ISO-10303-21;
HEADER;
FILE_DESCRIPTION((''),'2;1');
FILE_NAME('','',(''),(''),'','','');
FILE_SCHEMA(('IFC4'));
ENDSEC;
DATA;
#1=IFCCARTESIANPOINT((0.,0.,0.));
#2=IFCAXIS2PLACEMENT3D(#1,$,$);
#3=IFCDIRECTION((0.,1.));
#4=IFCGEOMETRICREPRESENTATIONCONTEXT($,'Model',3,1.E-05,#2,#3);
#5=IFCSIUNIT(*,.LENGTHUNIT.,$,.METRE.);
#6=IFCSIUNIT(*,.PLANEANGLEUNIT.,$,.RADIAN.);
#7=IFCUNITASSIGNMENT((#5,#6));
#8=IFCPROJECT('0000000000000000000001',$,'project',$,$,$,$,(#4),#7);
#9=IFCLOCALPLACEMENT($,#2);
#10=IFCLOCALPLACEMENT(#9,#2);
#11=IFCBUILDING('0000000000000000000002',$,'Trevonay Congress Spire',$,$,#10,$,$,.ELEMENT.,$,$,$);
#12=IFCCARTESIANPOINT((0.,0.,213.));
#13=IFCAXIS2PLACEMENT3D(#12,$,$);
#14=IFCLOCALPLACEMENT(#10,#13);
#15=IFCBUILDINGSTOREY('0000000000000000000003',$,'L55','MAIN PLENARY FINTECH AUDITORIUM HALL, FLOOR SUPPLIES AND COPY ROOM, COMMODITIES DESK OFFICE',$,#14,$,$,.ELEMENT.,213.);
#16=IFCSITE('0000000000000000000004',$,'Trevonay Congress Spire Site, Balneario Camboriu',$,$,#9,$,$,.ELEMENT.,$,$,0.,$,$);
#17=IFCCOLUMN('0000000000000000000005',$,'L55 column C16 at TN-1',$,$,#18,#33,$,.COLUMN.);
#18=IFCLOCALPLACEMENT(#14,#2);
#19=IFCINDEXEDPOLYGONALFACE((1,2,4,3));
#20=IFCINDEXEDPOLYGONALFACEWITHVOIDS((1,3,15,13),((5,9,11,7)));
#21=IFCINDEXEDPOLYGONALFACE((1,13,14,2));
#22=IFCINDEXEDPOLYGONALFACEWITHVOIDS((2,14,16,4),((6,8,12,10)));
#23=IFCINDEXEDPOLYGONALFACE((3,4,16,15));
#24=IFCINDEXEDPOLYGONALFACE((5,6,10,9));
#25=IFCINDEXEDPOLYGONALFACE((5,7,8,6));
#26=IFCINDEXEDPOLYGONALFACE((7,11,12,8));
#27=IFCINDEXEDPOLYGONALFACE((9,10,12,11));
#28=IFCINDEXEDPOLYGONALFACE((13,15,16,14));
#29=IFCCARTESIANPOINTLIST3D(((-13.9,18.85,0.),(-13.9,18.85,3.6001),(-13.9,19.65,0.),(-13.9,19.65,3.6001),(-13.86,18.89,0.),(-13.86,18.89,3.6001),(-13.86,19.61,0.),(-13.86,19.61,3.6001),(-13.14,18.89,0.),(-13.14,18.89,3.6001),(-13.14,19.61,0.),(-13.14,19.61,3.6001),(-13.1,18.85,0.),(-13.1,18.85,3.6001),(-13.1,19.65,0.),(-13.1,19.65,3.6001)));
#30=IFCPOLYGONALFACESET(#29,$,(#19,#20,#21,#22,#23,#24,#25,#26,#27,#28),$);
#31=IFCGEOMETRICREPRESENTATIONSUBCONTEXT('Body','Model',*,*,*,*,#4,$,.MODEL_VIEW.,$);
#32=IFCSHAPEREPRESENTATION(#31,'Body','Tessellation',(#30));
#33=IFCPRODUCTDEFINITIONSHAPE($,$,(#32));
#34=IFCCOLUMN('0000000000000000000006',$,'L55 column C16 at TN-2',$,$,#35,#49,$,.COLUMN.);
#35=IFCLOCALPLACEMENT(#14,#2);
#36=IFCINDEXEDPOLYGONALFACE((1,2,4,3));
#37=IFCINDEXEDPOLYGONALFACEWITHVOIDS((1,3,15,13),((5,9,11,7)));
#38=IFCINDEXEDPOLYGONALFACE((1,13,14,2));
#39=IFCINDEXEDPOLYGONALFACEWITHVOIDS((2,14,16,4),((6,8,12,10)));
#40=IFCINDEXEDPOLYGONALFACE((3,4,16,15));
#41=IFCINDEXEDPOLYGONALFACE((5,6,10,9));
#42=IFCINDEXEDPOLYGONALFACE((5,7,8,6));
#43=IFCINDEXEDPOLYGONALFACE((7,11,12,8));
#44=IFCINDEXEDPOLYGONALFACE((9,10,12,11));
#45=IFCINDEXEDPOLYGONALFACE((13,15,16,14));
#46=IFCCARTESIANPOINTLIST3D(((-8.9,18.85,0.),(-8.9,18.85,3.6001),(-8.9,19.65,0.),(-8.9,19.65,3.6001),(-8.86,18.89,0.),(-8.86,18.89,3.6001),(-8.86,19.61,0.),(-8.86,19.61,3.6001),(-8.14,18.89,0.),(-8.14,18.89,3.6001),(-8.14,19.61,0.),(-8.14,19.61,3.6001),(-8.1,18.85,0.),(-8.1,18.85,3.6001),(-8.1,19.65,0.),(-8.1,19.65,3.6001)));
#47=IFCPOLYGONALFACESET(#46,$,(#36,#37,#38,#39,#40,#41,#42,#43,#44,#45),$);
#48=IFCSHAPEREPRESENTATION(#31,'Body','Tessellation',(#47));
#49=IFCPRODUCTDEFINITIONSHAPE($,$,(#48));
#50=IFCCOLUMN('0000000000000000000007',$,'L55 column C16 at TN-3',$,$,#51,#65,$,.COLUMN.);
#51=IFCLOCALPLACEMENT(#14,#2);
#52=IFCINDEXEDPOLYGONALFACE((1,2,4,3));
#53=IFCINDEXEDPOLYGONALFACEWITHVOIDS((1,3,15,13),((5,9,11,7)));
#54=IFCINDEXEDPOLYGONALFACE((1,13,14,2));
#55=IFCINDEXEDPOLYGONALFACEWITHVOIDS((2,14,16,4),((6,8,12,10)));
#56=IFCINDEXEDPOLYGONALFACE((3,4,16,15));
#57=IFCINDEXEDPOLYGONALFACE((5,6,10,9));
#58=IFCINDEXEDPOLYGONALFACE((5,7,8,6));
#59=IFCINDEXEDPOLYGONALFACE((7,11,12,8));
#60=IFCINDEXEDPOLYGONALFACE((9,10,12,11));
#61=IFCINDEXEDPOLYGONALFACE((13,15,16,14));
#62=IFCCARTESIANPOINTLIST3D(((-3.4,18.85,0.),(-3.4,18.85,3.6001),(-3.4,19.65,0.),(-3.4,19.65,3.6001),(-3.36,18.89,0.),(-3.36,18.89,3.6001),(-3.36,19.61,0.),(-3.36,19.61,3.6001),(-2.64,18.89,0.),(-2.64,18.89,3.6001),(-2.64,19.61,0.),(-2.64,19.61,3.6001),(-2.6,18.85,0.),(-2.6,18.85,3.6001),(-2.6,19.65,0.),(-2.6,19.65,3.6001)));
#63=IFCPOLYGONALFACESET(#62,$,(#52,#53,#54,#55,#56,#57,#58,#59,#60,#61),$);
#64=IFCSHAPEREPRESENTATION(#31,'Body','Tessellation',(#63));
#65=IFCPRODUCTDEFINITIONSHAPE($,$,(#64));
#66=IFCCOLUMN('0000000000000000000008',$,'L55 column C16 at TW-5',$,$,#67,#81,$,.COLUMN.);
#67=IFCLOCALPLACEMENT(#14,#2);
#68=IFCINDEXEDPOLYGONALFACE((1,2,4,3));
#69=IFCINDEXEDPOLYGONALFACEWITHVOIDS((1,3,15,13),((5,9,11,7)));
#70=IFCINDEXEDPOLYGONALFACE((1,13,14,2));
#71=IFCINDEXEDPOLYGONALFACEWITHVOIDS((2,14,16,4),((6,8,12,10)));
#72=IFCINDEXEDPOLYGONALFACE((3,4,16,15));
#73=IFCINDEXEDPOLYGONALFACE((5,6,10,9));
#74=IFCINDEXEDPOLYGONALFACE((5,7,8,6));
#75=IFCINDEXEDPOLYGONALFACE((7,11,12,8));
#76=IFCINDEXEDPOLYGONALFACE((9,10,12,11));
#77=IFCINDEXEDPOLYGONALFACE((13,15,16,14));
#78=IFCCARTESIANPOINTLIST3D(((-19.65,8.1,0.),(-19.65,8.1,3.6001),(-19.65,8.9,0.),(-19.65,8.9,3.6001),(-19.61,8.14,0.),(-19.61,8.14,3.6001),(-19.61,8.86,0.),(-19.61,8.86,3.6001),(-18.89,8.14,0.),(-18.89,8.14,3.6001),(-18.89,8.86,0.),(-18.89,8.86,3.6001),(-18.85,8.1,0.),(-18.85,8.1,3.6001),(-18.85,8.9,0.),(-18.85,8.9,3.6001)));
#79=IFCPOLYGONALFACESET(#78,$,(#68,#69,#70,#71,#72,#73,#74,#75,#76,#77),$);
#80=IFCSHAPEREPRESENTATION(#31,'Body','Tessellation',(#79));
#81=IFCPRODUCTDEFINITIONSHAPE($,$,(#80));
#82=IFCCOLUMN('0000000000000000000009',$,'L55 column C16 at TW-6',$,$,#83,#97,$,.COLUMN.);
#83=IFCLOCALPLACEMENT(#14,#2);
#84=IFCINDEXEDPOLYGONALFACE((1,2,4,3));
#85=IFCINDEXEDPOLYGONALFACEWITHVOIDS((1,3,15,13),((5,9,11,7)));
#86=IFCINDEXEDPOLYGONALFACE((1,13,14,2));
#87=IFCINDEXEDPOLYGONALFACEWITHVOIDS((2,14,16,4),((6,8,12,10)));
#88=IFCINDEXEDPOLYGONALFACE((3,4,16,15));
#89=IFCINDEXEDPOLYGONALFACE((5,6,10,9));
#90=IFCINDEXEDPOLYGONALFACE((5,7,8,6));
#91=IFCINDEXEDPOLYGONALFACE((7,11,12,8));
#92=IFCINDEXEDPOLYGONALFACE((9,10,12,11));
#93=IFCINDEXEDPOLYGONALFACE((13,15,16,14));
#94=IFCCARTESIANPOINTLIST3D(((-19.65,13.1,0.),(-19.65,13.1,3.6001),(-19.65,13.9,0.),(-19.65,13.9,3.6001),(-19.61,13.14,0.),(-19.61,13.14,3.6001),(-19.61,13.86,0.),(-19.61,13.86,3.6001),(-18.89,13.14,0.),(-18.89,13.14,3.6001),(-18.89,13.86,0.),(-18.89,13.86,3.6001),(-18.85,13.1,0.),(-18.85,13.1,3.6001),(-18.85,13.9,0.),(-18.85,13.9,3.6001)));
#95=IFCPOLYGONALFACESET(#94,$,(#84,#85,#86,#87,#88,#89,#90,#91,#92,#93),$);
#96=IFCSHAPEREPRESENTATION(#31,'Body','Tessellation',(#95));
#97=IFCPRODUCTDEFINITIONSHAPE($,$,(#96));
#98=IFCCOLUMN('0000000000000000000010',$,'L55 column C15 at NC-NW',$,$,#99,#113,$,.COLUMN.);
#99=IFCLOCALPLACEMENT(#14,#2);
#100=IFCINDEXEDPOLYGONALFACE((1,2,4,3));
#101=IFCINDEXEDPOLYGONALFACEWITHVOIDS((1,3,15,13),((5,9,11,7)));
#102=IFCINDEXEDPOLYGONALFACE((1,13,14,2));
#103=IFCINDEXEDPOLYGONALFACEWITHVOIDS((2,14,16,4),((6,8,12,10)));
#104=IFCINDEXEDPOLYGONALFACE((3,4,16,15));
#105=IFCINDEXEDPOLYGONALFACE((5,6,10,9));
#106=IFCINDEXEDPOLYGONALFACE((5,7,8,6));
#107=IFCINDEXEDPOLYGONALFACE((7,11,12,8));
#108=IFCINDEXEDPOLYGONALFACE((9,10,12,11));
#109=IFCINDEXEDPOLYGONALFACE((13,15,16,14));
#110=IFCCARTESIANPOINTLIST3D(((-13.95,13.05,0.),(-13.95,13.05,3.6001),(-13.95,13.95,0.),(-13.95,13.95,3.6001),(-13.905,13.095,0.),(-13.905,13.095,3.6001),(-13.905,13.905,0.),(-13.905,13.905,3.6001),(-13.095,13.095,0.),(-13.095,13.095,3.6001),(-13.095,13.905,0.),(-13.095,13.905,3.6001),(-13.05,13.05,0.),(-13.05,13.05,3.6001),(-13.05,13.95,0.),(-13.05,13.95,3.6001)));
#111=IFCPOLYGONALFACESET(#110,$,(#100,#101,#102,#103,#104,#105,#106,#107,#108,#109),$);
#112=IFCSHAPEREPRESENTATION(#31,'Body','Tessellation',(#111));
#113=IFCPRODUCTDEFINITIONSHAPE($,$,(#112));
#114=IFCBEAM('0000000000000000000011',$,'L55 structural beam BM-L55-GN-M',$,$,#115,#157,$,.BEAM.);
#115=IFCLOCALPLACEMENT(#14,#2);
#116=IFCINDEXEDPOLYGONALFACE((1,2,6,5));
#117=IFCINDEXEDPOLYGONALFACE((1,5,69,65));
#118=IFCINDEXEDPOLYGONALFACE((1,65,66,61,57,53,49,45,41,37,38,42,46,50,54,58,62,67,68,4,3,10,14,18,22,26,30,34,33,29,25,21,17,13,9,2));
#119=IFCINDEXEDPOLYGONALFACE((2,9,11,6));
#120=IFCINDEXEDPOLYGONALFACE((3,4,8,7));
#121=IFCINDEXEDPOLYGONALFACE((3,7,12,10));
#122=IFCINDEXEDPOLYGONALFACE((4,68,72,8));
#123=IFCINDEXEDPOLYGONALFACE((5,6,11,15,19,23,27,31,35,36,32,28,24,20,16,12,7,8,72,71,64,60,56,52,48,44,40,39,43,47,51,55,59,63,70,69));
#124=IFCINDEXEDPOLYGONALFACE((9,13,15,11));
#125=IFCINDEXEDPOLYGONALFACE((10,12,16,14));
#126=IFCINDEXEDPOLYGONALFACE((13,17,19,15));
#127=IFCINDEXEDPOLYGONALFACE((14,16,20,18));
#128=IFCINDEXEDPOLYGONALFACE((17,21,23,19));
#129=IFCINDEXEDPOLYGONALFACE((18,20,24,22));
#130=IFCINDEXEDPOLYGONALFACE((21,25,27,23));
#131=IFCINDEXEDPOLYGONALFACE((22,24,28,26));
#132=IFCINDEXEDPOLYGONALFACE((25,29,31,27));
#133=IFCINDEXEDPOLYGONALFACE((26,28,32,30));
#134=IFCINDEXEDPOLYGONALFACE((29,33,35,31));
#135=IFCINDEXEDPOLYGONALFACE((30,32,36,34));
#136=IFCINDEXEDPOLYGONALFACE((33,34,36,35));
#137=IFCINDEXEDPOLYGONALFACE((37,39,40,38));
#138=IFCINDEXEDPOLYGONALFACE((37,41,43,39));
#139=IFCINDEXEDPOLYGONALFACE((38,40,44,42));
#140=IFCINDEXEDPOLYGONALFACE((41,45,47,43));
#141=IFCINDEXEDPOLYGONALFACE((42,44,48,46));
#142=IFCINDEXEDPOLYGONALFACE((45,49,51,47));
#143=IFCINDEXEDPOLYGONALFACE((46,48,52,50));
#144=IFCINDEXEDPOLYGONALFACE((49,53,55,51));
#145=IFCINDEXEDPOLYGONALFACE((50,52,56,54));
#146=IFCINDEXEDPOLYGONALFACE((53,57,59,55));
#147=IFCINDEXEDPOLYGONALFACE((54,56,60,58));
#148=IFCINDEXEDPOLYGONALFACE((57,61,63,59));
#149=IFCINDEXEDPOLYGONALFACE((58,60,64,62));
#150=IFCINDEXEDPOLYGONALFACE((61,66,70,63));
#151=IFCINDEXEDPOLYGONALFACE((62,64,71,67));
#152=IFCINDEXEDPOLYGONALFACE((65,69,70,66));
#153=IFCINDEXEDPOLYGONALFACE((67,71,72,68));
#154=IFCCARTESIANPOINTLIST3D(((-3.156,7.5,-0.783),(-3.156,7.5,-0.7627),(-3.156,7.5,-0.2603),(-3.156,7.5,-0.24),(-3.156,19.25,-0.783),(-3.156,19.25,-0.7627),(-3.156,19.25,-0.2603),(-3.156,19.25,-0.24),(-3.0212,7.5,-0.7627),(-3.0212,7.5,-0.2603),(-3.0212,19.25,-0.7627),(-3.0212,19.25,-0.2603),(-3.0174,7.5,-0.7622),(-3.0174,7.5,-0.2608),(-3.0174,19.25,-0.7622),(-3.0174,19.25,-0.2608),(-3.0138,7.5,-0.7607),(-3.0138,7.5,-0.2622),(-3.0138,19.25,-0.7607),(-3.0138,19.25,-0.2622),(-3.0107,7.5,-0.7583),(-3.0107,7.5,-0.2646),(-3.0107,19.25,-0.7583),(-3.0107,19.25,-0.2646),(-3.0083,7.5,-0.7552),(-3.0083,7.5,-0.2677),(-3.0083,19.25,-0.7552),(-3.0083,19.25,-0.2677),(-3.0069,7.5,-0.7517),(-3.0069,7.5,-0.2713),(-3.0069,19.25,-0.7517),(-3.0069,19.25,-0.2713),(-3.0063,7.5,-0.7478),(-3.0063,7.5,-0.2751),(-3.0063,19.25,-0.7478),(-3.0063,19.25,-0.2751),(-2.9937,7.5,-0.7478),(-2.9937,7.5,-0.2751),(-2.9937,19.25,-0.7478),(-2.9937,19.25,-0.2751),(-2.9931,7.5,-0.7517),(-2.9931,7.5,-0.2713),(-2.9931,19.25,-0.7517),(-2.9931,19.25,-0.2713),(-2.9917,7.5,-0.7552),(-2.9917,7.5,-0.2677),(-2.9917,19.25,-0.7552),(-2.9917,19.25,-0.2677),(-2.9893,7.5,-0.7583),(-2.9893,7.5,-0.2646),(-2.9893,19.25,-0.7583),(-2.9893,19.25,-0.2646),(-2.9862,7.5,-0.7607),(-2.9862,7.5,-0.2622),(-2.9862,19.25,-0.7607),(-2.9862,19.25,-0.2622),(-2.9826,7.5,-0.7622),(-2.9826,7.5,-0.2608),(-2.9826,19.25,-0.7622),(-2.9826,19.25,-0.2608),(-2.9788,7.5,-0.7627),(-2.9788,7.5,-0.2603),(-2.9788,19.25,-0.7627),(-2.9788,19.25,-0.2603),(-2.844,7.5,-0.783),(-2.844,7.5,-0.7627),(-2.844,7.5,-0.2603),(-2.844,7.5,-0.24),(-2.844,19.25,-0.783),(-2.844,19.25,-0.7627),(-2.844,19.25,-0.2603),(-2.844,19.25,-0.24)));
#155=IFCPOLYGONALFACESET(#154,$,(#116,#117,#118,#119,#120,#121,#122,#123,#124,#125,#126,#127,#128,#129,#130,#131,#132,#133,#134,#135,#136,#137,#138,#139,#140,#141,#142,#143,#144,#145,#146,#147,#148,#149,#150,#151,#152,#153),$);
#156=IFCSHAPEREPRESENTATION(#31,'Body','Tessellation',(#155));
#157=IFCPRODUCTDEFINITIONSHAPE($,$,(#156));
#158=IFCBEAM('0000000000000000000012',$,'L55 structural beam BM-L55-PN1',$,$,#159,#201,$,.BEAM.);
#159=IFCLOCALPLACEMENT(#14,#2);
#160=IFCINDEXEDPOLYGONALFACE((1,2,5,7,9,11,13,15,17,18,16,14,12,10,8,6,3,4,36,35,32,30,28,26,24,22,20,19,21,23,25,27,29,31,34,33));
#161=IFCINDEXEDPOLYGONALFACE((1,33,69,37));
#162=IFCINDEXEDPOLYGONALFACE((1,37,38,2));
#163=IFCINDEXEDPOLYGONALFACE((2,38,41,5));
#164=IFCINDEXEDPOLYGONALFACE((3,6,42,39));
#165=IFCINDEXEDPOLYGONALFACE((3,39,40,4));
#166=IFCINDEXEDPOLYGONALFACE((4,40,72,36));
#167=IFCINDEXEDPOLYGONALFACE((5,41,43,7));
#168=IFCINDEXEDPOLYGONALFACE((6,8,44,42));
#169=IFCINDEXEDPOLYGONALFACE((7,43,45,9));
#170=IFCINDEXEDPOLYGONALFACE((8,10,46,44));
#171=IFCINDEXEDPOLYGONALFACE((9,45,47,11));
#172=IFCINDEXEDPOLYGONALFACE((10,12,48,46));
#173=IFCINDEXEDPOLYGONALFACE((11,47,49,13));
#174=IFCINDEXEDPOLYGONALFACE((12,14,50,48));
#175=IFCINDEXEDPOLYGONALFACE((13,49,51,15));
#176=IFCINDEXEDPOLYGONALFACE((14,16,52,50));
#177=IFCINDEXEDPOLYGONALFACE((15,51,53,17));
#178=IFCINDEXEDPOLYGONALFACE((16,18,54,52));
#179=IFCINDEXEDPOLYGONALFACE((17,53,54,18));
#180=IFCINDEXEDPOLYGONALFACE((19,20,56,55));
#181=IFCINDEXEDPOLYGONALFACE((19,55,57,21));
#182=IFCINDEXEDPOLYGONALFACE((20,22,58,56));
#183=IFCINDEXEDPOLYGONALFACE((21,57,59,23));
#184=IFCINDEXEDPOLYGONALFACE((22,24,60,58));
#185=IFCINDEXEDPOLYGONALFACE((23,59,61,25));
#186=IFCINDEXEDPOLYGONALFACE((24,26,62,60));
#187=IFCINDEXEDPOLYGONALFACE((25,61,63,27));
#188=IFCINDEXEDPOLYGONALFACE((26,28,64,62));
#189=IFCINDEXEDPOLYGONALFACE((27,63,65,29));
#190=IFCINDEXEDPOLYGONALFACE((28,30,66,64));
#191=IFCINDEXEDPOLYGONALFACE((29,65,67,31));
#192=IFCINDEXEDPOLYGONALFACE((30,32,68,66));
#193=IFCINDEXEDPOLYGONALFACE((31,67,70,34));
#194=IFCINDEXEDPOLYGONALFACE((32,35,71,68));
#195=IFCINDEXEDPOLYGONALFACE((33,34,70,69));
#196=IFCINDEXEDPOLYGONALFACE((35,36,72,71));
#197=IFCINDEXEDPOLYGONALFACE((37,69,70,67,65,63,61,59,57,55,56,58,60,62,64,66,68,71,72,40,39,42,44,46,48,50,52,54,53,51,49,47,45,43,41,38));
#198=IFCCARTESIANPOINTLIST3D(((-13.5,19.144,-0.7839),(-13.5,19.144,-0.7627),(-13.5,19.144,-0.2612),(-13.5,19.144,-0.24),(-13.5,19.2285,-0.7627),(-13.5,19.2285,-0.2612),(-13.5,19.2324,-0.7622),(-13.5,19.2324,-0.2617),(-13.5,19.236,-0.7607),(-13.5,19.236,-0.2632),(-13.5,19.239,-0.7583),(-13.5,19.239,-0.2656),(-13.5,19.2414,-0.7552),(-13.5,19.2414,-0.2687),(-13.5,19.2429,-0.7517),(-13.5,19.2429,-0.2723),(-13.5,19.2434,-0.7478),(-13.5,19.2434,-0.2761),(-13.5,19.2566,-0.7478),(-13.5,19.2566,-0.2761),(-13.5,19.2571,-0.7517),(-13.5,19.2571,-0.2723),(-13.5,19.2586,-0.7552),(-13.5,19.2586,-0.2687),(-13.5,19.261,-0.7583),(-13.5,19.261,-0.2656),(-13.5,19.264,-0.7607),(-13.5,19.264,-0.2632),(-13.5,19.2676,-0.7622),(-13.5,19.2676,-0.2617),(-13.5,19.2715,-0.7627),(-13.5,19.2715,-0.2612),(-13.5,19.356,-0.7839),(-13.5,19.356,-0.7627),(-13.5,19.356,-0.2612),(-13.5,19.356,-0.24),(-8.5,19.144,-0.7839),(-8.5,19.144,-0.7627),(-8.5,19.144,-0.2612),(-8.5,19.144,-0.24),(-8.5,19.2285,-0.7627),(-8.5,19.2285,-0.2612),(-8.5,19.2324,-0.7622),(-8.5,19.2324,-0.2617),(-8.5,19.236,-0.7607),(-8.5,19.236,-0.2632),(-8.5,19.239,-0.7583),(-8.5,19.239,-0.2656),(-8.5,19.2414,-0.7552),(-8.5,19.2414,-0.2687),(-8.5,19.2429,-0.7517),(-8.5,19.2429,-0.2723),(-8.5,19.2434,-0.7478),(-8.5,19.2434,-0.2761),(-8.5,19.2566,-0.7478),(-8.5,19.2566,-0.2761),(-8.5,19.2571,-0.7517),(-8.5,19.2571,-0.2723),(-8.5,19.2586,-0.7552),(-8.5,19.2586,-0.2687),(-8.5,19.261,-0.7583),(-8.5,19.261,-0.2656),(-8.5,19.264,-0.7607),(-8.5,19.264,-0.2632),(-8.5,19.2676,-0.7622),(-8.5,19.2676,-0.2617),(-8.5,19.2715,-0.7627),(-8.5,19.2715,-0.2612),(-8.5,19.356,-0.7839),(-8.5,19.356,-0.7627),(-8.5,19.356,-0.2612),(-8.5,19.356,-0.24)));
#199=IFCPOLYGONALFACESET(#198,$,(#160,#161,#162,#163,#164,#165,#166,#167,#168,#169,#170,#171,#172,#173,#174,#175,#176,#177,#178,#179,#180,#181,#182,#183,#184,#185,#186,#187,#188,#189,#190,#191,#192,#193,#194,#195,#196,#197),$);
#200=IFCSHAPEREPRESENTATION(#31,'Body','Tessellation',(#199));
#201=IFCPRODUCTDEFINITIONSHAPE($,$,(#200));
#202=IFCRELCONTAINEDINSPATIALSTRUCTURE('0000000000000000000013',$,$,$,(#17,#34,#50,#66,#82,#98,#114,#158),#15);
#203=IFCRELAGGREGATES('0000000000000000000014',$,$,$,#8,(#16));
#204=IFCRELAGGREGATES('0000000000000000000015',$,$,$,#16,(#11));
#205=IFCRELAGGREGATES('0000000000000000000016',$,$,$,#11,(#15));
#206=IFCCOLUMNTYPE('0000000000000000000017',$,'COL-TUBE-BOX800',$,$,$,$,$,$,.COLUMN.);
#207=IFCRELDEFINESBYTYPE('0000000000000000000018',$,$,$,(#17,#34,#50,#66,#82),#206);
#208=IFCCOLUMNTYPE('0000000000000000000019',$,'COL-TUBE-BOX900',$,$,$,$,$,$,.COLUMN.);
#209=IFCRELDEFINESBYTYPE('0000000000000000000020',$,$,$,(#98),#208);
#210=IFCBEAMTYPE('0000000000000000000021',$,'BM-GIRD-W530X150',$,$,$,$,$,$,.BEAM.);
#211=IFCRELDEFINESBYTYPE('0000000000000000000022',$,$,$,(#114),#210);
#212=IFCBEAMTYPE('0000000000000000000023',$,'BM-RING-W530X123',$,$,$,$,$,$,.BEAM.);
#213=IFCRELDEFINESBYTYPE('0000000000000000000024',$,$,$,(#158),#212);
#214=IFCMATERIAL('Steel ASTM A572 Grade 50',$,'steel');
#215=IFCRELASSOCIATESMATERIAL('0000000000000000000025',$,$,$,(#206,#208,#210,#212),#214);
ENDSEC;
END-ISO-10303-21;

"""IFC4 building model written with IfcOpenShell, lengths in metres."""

from ifc_helpers import new_model, si_unit, direction, frame, origin, origin_2d, place, context, subcontext, project, spatial, hollow_rectangle, i_section, extrude, material, material_profile, profile_set, type_object, element, save


model = new_model("IFC4")

# Units and contexts
model_context = context("Model", 3, precision=1e-05, world=origin(), true_north=direction((0.0, 1.0)))
body_context = subcontext(model_context, "Body", "Model", "MODEL_VIEW")
ifc_project = project(units=[si_unit("LENGTHUNIT", "METRE"), si_unit("PLANEANGLEUNIT", "RADIAN")], contexts=[model_context])

# Site, building, storey
site_placement = place(None, origin())
site = spatial("IfcSite", under=ifc_project, at=site_placement, Name="Trevonay Congress Spire Site, Balneario Camboriu", CompositionType="ELEMENT", RefElevation=0.0)
building_placement = place(site_placement, origin())
building = spatial("IfcBuilding", under=site, at=building_placement, Name="Trevonay Congress Spire", CompositionType="ELEMENT")
storey_placement = place(building_placement, frame((0.0, 0.0, 213.0)))
storey = spatial("IfcBuildingStorey", under=building, at=storey_placement, Name="L55", Description="MAIN PLENARY FINTECH AUDITORIUM HALL, FLOOR SUPPLIES AND COPY ROOM, COMMODITIES DESK OFFICE", CompositionType="ELEMENT", Elevation=213.0)

# Columns
ifc_material_1 = material(Name="Steel ASTM A572 Grade 50", Category="steel")
ifc_material_profile_1 = material_profile(ifc_material_1, hollow_rectangle(XDim=0.8, YDim=0.8, WallThickness=0.04, at=origin_2d()), Name="BOX 800x800x40")
ifc_profile_set_1 = profile_set([ifc_material_profile_1], Name="Steel ASTM A572 Grade 50")
column_type_1 = type_object("IfcColumnType", Name="COL-TUBE-BOX800", PredefinedType="COLUMN", material=ifc_profile_set_1)
for number, where, z_axis, x_axis, name in (
    (1, (-13.5, 19.25, 0.0), (0.0, 0.0, 1.0), (1.0, 0.0, 0.0), "L55 column C16 at TN-1"),
    (2, (-8.5, 19.25, 0.0), (0.0, 0.0, 1.0), (1.0, 0.0, 0.0), "L55 column C16 at TN-2"),
    (3, (-3.0, 19.25, 0.0), (0.0, 0.0, 1.0), (1.0, 0.0, 0.0), "L55 column C16 at TN-3"),
    (4, (-19.25, 8.5, 0.0), (0.0, 0.0, 1.0), (1.0, 0.0, 0.0), "L55 column C16 at TW-5"),
    (5, (-19.25, 13.5, 0.0), (0.0, 0.0, 1.0), (1.0, 0.0, 0.0), "L55 column C16 at TW-6"),
):
    element("IfcColumn", number, at=place(storey_placement, frame(where, z_axis=z_axis, x_axis=x_axis)), inside=storey, type_object=column_type_1, Name=name, PredefinedType="COLUMN", context=body_context, shape_type="SweptSolid", body=[
        extrude(hollow_rectangle(XDim=0.8, YDim=0.8, WallThickness=0.04, at=origin_2d()), origin(), (0.0, 0.0, 1.0), 3.6001),
    ])
ifc_material_profile_2 = material_profile(ifc_material_1, hollow_rectangle(XDim=0.8999, YDim=0.8999, WallThickness=0.0449, at=origin_2d()), Name="BOX 900x900x45")
ifc_profile_set_2 = profile_set([ifc_material_profile_2], Name="Steel ASTM A572 Grade 50")
column_type_2 = type_object("IfcColumnType", Name="COL-TUBE-BOX900", PredefinedType="COLUMN", material=ifc_profile_set_2)
column_placement = place(storey_placement, frame((-13.5, 13.5, 0.0), z_axis=(0.0, 0.0, 1.0), x_axis=(1.0, 0.0, 0.0)))
element("IfcColumn", 6, at=column_placement, inside=storey, type_object=column_type_2, Name="L55 column C15 at NC-NW", PredefinedType="COLUMN", context=body_context, shape_type="SweptSolid", body=[
    extrude(hollow_rectangle(XDim=0.8999, YDim=0.8999, WallThickness=0.0449, at=origin_2d()), origin(), (0.0, 0.0, 1.0), 3.6001),
])

# Beams
ifc_material_profile_3 = material_profile(ifc_material_1, i_section(OverallWidth=0.312, OverallDepth=0.543, WebThickness=0.0127, FlangeThickness=0.0203, FilletRadius=0.0149, at=origin_2d()), Name="W530x150")
ifc_profile_set_3 = profile_set([ifc_material_profile_3], Name="Steel ASTM A572 Grade 50")
beam_type_1 = type_object("IfcBeamType", Name="BM-GIRD-W530X150", PredefinedType="BEAM", material=ifc_profile_set_3)
beam_1_placement = place(storey_placement, frame((-3.0, 7.5, -0.5115), z_axis=(0.0, 1.0, 0.0), x_axis=(-1.0, 0.0, 0.0)))
element("IfcBeam", 7, at=beam_1_placement, inside=storey, type_object=beam_type_1, Name="L55 structural beam BM-L55-GN-M", PredefinedType="BEAM", context=body_context, shape_type="SweptSolid", body=[
    extrude(i_section(OverallWidth=0.312, OverallDepth=0.543, WebThickness=0.0127, FlangeThickness=0.0203, FilletRadius=0.0149, at=origin_2d()), origin(), (0.0, 0.0, 1.0), 11.75),
])
ifc_material_profile_4 = material_profile(ifc_material_1, i_section(OverallWidth=0.2119, OverallDepth=0.5439, WebThickness=0.0132, FlangeThickness=0.0212, FilletRadius=0.0149, at=origin_2d()), Name="W530x123")
ifc_profile_set_4 = profile_set([ifc_material_profile_4], Name="Steel ASTM A572 Grade 50")
beam_type_2 = type_object("IfcBeamType", Name="BM-RING-W530X123", PredefinedType="BEAM", material=ifc_profile_set_4)
beam_2_placement = place(storey_placement, frame((-13.5, 19.25, -0.512), z_axis=(1.0, 0.0, 0.0), x_axis=(0.0, 1.0, 0.0)))
element("IfcBeam", 8, at=beam_2_placement, inside=storey, type_object=beam_type_2, Name="L55 structural beam BM-L55-PN1", PredefinedType="BEAM", context=body_context, shape_type="SweptSolid", body=[
    extrude(i_section(OverallWidth=0.2119, OverallDepth=0.5439, WebThickness=0.0132, FlangeThickness=0.0212, FilletRadius=0.0149, at=origin_2d()), origin(), (0.0, 0.0, 1.0), 5.0),
])

save(model, "model.ifc")
